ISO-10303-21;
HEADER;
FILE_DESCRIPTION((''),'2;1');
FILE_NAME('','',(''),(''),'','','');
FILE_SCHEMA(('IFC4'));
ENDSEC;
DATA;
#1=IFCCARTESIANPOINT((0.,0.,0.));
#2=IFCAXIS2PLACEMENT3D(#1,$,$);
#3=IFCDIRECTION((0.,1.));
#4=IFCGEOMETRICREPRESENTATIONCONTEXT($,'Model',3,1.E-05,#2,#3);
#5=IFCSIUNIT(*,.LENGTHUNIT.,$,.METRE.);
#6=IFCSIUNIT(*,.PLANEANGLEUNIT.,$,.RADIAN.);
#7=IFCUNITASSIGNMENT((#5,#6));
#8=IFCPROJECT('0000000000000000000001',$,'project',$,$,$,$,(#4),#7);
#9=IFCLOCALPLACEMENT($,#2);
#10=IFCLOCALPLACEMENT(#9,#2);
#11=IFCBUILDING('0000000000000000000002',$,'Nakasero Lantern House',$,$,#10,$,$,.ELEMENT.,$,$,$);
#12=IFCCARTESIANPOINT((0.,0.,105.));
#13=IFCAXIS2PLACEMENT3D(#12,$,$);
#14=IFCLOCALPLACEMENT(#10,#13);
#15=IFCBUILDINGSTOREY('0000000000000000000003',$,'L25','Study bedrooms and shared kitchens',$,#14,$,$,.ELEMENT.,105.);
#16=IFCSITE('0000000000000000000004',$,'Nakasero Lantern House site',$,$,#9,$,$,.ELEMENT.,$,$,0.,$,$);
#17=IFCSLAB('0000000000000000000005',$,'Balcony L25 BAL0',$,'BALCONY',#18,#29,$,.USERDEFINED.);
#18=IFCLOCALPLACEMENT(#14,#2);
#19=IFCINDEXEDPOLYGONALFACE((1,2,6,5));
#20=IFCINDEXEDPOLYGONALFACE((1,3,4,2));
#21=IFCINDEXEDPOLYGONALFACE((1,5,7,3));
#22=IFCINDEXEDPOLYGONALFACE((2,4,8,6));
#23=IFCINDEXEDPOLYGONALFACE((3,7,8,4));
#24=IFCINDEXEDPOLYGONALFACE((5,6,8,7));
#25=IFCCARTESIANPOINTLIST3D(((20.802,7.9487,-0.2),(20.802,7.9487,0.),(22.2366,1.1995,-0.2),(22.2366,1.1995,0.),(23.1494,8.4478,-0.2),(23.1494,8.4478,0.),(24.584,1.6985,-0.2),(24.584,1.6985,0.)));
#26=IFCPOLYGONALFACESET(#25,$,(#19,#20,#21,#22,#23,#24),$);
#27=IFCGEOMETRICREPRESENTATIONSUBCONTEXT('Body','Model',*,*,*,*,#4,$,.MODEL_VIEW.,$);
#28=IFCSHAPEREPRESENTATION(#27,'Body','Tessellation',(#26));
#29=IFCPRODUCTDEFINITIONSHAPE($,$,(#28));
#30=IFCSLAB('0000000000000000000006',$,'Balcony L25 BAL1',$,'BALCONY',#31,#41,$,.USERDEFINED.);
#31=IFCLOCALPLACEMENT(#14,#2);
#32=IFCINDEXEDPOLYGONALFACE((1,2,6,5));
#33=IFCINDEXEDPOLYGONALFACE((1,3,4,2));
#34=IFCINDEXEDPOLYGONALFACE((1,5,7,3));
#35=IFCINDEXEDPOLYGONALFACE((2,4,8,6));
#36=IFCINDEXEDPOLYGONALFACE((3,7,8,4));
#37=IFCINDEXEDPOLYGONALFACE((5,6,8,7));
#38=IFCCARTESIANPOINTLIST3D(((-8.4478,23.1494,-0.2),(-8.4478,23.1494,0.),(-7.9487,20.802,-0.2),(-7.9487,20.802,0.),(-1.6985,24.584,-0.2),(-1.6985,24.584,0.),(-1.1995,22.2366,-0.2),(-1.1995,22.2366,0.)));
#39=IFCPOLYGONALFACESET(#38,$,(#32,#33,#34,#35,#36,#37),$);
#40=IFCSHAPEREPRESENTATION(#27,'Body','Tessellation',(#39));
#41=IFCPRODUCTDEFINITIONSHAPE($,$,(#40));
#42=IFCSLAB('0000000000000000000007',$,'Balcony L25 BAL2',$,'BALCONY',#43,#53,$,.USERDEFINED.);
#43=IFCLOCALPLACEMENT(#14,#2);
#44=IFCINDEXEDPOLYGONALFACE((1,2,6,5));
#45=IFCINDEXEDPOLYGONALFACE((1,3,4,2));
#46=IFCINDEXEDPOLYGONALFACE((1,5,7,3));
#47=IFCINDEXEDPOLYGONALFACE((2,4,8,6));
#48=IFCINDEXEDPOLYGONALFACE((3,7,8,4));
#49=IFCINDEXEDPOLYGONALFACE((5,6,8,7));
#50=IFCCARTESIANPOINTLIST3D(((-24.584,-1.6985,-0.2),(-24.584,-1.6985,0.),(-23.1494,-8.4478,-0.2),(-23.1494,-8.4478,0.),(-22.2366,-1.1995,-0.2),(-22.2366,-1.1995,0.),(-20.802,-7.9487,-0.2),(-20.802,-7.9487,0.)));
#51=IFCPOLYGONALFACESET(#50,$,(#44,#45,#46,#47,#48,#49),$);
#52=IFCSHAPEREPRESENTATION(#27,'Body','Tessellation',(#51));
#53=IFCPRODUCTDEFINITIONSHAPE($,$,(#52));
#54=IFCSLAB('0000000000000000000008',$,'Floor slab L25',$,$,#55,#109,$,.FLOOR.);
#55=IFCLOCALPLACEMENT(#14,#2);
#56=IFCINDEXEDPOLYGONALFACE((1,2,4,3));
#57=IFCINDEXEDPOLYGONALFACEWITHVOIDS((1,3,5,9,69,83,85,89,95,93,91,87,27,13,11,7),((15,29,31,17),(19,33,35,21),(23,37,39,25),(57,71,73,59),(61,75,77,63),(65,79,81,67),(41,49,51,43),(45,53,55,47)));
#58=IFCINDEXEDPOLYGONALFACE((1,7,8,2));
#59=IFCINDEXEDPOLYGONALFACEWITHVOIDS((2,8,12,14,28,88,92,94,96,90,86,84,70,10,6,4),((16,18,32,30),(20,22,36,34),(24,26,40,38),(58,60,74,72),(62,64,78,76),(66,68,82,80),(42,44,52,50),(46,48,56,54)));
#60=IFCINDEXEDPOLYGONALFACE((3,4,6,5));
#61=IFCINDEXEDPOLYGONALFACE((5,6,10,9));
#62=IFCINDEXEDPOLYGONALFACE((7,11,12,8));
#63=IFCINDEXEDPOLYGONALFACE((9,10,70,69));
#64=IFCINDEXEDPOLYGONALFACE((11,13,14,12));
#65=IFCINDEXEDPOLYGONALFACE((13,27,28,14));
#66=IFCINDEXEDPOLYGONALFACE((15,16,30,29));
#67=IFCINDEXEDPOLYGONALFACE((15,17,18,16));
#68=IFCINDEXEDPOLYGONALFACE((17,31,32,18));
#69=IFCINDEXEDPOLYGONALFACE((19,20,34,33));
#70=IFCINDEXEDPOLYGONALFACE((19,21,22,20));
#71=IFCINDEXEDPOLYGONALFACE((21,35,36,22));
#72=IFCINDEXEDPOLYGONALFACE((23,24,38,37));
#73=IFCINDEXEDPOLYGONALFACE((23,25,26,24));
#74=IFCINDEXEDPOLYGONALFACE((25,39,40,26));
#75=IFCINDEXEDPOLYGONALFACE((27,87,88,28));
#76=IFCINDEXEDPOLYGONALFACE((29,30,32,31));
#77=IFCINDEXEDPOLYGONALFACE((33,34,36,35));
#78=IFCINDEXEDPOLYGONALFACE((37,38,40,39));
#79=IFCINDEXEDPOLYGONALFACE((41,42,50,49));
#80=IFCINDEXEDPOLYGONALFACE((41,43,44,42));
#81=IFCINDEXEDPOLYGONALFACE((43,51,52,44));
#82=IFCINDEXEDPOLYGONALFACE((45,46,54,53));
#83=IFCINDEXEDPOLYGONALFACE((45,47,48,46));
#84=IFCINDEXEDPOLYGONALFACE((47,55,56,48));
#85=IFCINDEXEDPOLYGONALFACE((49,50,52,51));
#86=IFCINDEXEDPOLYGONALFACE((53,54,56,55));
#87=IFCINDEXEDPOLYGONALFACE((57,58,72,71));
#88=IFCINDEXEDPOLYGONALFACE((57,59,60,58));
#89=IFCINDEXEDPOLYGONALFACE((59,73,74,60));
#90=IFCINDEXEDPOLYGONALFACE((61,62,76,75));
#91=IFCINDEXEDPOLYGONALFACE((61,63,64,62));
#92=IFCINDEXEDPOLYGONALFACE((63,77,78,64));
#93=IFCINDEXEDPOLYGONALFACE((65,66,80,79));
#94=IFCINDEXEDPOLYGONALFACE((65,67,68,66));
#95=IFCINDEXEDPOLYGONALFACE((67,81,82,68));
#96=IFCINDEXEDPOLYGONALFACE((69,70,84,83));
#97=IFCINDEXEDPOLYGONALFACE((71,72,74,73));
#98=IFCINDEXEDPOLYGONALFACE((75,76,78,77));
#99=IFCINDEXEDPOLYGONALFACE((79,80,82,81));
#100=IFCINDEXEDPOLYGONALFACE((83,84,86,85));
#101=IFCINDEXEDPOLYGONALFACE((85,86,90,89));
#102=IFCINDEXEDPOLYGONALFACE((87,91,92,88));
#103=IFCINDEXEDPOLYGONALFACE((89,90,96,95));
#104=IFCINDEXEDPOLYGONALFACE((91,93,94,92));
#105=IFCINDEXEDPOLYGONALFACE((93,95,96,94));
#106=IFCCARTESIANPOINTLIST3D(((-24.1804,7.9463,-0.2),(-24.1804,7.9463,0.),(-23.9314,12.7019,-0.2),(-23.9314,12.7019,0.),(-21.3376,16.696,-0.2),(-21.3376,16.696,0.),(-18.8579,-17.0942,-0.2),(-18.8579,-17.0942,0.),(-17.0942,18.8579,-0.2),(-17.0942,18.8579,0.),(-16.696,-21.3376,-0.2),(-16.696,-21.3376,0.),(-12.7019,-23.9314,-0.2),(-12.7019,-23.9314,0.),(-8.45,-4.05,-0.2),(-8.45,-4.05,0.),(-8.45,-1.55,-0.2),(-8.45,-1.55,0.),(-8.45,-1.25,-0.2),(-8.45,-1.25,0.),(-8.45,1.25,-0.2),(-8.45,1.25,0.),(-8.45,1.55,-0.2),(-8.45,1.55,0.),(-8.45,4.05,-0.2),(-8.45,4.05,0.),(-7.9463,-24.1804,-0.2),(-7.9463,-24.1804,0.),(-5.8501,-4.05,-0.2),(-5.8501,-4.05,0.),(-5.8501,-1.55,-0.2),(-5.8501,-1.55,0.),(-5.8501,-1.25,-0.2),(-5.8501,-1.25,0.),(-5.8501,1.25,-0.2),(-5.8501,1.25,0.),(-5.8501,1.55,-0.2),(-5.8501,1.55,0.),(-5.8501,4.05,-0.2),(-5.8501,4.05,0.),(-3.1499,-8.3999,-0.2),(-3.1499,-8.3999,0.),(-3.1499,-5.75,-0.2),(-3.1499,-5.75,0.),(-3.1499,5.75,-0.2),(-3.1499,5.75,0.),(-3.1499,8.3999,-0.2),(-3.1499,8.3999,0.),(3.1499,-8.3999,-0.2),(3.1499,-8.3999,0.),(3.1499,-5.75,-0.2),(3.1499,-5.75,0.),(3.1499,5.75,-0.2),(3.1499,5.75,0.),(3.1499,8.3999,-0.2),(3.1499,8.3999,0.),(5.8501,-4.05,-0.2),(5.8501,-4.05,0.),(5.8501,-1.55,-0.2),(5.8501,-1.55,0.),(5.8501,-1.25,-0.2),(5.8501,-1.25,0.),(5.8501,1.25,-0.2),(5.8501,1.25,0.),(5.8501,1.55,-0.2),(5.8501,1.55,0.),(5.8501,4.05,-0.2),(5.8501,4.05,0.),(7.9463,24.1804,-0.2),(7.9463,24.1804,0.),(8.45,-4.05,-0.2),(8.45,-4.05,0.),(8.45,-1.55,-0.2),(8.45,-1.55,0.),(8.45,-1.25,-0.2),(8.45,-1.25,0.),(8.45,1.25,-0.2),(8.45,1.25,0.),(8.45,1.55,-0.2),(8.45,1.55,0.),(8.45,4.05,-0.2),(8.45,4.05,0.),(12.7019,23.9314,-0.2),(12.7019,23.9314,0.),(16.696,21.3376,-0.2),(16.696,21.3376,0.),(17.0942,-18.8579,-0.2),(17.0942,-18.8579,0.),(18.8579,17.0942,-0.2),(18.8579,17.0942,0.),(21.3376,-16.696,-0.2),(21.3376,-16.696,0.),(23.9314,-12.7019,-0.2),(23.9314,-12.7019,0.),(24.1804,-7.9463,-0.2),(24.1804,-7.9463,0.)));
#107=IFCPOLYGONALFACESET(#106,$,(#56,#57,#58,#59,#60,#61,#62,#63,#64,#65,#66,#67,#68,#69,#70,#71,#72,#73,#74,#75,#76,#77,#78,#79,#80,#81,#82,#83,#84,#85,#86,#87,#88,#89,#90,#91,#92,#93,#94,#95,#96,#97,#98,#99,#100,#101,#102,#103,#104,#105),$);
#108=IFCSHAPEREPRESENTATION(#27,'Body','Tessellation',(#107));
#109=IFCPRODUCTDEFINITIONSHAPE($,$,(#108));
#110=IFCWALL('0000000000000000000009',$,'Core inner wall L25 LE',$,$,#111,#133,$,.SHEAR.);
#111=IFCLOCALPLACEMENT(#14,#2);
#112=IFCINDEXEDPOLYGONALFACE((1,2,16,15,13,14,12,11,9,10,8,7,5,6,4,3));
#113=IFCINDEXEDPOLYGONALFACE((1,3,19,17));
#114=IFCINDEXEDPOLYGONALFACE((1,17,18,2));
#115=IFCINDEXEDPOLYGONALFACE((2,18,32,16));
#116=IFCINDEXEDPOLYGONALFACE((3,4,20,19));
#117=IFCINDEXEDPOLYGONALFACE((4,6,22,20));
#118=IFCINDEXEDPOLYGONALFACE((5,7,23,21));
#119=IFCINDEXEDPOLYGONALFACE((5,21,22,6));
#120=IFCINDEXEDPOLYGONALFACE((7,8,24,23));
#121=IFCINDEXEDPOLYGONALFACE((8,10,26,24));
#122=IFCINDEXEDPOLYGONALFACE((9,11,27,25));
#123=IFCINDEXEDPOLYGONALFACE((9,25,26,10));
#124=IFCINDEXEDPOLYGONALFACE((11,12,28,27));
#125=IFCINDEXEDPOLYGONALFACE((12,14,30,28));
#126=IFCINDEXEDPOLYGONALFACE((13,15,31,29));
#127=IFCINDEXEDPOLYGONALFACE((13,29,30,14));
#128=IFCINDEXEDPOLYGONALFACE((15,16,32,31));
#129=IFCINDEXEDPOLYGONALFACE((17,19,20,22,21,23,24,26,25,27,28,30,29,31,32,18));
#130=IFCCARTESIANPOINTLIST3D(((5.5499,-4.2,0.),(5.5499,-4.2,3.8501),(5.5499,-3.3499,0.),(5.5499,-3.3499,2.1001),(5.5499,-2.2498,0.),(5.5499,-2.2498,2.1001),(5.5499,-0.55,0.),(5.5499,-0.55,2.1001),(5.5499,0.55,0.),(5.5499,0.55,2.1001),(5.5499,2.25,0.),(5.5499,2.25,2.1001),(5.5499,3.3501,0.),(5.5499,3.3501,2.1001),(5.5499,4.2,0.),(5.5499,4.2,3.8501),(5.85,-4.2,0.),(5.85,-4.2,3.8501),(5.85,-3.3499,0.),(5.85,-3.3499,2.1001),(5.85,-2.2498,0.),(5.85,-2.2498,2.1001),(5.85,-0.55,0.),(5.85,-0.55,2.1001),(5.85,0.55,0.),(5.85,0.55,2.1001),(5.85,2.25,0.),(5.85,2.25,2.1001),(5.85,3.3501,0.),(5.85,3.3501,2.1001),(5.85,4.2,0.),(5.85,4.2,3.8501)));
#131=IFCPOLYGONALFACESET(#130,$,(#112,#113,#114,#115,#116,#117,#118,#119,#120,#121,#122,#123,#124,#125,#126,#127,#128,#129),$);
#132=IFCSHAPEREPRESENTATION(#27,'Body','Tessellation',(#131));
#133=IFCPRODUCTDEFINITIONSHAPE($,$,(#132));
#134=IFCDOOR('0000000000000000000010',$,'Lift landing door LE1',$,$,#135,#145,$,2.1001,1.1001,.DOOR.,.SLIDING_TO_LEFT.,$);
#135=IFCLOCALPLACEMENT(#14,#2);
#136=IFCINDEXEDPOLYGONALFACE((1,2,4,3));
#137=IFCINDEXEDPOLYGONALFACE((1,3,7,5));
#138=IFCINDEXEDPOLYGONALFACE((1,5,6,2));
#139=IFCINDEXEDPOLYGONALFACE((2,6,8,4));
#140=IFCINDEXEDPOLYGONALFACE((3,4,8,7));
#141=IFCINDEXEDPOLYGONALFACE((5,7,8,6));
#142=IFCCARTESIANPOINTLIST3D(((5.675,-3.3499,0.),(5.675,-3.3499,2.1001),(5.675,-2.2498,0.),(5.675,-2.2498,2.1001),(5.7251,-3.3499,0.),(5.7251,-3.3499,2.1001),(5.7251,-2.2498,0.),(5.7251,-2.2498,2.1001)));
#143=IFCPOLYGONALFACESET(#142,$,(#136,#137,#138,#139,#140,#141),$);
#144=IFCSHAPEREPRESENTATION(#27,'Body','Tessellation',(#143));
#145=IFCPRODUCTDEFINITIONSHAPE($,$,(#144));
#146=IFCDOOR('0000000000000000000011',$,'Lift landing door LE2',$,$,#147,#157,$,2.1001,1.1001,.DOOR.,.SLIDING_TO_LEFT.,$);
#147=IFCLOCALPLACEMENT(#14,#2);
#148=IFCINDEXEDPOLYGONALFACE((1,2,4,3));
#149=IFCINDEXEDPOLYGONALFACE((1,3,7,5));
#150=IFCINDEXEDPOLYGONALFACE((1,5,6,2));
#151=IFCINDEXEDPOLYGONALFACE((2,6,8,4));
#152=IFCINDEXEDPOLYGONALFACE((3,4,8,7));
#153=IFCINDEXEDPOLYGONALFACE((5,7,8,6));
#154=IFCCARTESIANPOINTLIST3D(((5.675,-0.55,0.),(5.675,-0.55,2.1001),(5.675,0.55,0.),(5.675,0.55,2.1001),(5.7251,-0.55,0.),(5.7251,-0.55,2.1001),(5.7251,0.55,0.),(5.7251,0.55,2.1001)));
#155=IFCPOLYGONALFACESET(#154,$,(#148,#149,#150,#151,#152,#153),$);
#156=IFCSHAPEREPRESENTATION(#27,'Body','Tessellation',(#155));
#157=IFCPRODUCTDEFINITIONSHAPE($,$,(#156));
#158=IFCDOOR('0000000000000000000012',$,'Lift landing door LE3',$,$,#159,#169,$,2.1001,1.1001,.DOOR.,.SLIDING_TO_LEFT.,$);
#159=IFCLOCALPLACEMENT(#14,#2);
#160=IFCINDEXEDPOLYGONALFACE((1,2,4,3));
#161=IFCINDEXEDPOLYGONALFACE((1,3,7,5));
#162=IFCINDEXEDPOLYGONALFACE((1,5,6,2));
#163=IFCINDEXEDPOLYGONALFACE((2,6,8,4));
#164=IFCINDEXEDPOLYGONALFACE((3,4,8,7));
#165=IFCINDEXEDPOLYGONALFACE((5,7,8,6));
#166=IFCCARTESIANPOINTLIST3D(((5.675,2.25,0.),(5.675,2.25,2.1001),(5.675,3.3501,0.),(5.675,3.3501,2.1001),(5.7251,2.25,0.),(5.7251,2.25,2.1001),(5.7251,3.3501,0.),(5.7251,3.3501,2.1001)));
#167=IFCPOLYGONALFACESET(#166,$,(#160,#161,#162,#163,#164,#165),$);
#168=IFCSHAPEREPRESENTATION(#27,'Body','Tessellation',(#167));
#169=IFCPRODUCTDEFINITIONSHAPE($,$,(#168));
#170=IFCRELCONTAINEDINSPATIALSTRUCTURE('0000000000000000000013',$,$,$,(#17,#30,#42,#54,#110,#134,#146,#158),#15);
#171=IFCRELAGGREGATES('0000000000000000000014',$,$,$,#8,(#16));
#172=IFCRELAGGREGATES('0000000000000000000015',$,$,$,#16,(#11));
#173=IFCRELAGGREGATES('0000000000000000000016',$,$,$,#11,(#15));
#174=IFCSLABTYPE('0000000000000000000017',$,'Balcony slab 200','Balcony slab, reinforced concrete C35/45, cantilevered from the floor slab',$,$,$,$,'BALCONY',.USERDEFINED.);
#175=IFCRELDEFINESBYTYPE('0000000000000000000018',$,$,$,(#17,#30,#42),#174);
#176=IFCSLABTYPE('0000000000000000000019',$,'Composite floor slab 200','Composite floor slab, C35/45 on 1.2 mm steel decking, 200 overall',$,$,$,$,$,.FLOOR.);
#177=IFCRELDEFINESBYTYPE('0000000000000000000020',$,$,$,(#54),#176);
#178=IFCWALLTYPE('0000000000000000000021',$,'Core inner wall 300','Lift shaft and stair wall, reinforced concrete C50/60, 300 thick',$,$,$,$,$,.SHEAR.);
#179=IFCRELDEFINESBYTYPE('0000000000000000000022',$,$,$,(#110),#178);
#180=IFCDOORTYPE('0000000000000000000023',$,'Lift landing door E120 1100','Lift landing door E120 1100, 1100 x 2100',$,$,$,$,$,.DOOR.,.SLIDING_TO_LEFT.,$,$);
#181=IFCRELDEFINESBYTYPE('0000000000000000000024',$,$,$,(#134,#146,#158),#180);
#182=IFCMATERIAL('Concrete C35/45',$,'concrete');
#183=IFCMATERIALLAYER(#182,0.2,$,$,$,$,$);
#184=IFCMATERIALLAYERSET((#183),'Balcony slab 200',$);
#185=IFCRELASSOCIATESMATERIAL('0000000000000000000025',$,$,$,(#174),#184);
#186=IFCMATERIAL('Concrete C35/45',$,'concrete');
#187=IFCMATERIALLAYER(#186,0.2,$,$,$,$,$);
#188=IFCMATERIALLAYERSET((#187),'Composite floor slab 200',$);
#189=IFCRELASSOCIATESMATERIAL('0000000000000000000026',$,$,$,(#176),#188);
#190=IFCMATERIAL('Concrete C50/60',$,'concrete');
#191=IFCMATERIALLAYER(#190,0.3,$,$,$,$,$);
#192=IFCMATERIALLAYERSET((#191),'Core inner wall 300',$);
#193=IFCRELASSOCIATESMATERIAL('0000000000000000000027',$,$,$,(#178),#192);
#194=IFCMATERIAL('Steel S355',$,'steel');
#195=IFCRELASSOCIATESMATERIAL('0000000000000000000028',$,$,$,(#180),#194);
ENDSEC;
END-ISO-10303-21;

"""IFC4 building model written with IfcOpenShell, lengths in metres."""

from ifc_helpers import new_model, si_unit, direction, frame, frame_2d, origin, place, context, subcontext, project, spatial, polyline, rectangle, outline, extrude, material, layer, layer_set, type_object, element, fill, save


model = new_model("IFC4")

# Units and contexts
model_context = context("Model", 3, precision=1e-05, world=origin(), true_north=direction((0.0, 1.0)))
body_context = subcontext(model_context, "Body", "Model", "MODEL_VIEW")
ifc_project = project(units=[si_unit("LENGTHUNIT", "METRE"), si_unit("PLANEANGLEUNIT", "RADIAN")], contexts=[model_context])

# Site, building, storey
site_placement = place(None, origin())
site = spatial("IfcSite", under=ifc_project, at=site_placement, Name="Nakasero Lantern House site", CompositionType="ELEMENT", RefElevation=0.0)
building_placement = place(site_placement, origin())
building = spatial("IfcBuilding", under=site, at=building_placement, Name="Nakasero Lantern House", CompositionType="ELEMENT")
storey_placement = place(building_placement, frame((0.0, 0.0, 105.0)))
storey = spatial("IfcBuildingStorey", under=building, at=storey_placement, Name="L25", Description="Study bedrooms and shared kitchens", CompositionType="ELEMENT", Elevation=105.0)

# Slabs
ifc_material_1 = material(Name="Concrete C35/45", Category="concrete")
ifc_layer_1 = layer(ifc_material_1, 0.2)
ifc_layer_set_1 = layer_set([ifc_layer_1], Name="Balcony slab 200")
slab_type_1 = type_object("IfcSlabType", Name="Balcony slab 200", Description="Balcony slab, reinforced concrete C35/45, cantilevered from the floor slab", ElementType="BALCONY", PredefinedType="USERDEFINED", material=ifc_layer_set_1)
slab_1_placement = place(storey_placement, frame((0.0, 0.0, -0.2)))
element("IfcSlab", 1, at=slab_1_placement, inside=storey, type_object=slab_type_1, Name="Balcony L25 BAL0", ObjectType="BALCONY", PredefinedType="USERDEFINED", context=body_context, shape_type="SweptSolid", body=[
    extrude(outline(polyline([(22.2366, 1.1995), (24.584, 1.6985), (23.1494, 8.4478), (20.802, 7.9487), (22.2366, 1.1995)])), origin(), (0.0, 0.0, 1.0), 0.2),
])
slab_2_placement = place(storey_placement, frame((0.0, 0.0, -0.2)))
element("IfcSlab", 2, at=slab_2_placement, inside=storey, type_object=slab_type_1, Name="Balcony L25 BAL1", ObjectType="BALCONY", PredefinedType="USERDEFINED", context=body_context, shape_type="SweptSolid", body=[
    extrude(outline(polyline([(-1.1995, 22.2366), (-1.6985, 24.584), (-8.4478, 23.1494), (-7.9487, 20.802), (-1.1995, 22.2366)])), origin(), (0.0, 0.0, 1.0), 0.2),
])
slab_3_placement = place(storey_placement, frame((0.0, 0.0, -0.2)))
element("IfcSlab", 3, at=slab_3_placement, inside=storey, type_object=slab_type_1, Name="Balcony L25 BAL2", ObjectType="BALCONY", PredefinedType="USERDEFINED", context=body_context, shape_type="SweptSolid", body=[
    extrude(outline(polyline([(-22.2366, -1.1995), (-24.584, -1.6985), (-23.1494, -8.4478), (-20.802, -7.9487), (-22.2366, -1.1995)])), origin(), (0.0, 0.0, 1.0), 0.2),
])
ifc_material_2 = material(Name="Concrete C35/45", Category="concrete")
ifc_layer_2 = layer(ifc_material_2, 0.2)
ifc_layer_set_2 = layer_set([ifc_layer_2], Name="Composite floor slab 200")
slab_type_2 = type_object("IfcSlabType", Name="Composite floor slab 200", Description="Composite floor slab, C35/45 on 1.2 mm steel decking, 200 overall", PredefinedType="FLOOR", material=ifc_layer_set_2)
slab_4_placement = place(storey_placement, frame((0.0, 0.0, -0.2)))
element("IfcSlab", 4, at=slab_4_placement, inside=storey, type_object=slab_type_2, Name="Floor slab L25", PredefinedType="FLOOR", context=body_context, shape_type="SweptSolid", body=[
    extrude(outline(polyline([(18.8579, 17.0942), (16.696, 21.3376), (12.7019, 23.9314), (7.9463, 24.1804), (-17.0942, 18.8579), (-21.3376, 16.696), (-23.9314, 12.7019), (-24.1804, 7.9463), (-18.8579, -17.0942), (-16.696, -21.3376), (-12.7019, -23.9314), (-7.9463, -24.1804), (17.0942, -18.8579), (21.3376, -16.696), (23.9314, -12.7019), (24.1804, -7.9463), (18.8579, 17.0942)]), holes=[polyline([(-8.45, -4.05), (-5.8501, -4.05), (-5.8501, -1.55), (-8.45, -1.55), (-8.45, -4.05)]), polyline([(-8.45, -1.25), (-5.8501, -1.25), (-5.8501, 1.25), (-8.45, 1.25), (-8.45, -1.25)]), polyline([(-8.45, 1.55), (-5.8501, 1.55), (-5.8501, 4.05), (-8.45, 4.05), (-8.45, 1.55)]), polyline([(5.8501, -4.05), (8.45, -4.05), (8.45, -1.55), (5.8501, -1.55), (5.8501, -4.05)]), polyline([(5.8501, -1.25), (8.45, -1.25), (8.45, 1.25), (5.8501, 1.25), (5.8501, -1.25)]), polyline([(5.8501, 1.55), (8.45, 1.55), (8.45, 4.05), (5.8501, 4.05), (5.8501, 1.55)]), polyline([(-3.1499, 5.75), (3.1499, 5.75), (3.1499, 8.3999), (-3.1499, 8.3999), (-3.1499, 5.75)]), polyline([(-3.1499, -8.3999), (3.1499, -8.3999), (3.1499, -5.75), (-3.1499, -5.75), (-3.1499, -8.3999)])]), origin(), (0.0, 0.0, 1.0), 0.2),
])

# Wall, openings, doors
ifc_material_3 = material(Name="Concrete C50/60", Category="concrete")
ifc_layer_3 = layer(ifc_material_3, 0.3)
ifc_layer_set_3 = layer_set([ifc_layer_3], Name="Core inner wall 300")
wall_type_1 = type_object("IfcWallType", Name="Core inner wall 300", Description="Lift shaft and stair wall, reinforced concrete C50/60, 300 thick", PredefinedType="SHEAR", material=ifc_layer_set_3)
wall_1_placement = place(storey_placement, frame((5.7, -4.2, 0.0), z_axis=(0.0, 0.0, 1.0), x_axis=(0.0, 1.0, 0.0)))
wall_1 = element("IfcWall", 5, at=wall_1_placement, inside=storey, type_object=wall_type_1, Name="Core inner wall L25 LE", PredefinedType="SHEAR", context=body_context, shape_type="SweptSolid", body=[
    extrude(rectangle(XDim=8.3999, YDim=0.3, at=frame_2d((4.2, 0.0))), origin(), (0.0, 0.0, 1.0), 3.8501),
])
opening_1_placement = place(wall_1_placement, frame((0.8501, 0.0, 0.0)))
opening_1 = element("IfcOpeningElement", 6, at=opening_1_placement, cuts=wall_1, PredefinedType="OPENING", context=body_context, shape_type="SweptSolid", body=[
    extrude(rectangle(XDim=1.1001, YDim=2.1001, at=frame_2d((0.55, 1.05))), frame((0.0, 0.1699, 0.0), z_axis=(0.0, -1.0, 0.0), x_axis=(1.0, 0.0, 0.0)), (0.0, 0.0, 1.0), 0.3401),
])
opening_2_placement = place(wall_1_placement, frame((3.6499, 0.0, 0.0)))
opening_2 = element("IfcOpeningElement", 7, at=opening_2_placement, cuts=wall_1, PredefinedType="OPENING", context=body_context, shape_type="SweptSolid", body=[
    extrude(rectangle(XDim=1.1001, YDim=2.1001, at=frame_2d((0.55, 1.05))), frame((0.0, 0.1699, 0.0), z_axis=(0.0, -1.0, 0.0), x_axis=(1.0, 0.0, 0.0)), (0.0, 0.0, 1.0), 0.3401),
])
opening_3_placement = place(wall_1_placement, frame((6.45, 0.0, 0.0)))
opening_3 = element("IfcOpeningElement", 8, at=opening_3_placement, cuts=wall_1, PredefinedType="OPENING", context=body_context, shape_type="SweptSolid", body=[
    extrude(rectangle(XDim=1.1001, YDim=2.1001, at=frame_2d((0.55, 1.05))), frame((0.0, 0.1699, 0.0), z_axis=(0.0, -1.0, 0.0), x_axis=(1.0, 0.0, 0.0)), (0.0, 0.0, 1.0), 0.3401),
])
ifc_material_4 = material(Name="Steel S355", Category="steel")
door_type_1 = type_object("IfcDoorType", Name="Lift landing door E120 1100", Description="Lift landing door E120 1100, 1100 x 2100", OperationType="SLIDING_TO_LEFT", PredefinedType="DOOR", material=ifc_material_4)
door_1_placement = place(opening_1_placement, origin())
door_1 = element("IfcDoor", 9, at=door_1_placement, inside=storey, type_object=door_type_1, Name="Lift landing door LE1", OperationType="SLIDING_TO_LEFT", OverallHeight=2.1001, OverallWidth=1.1001, PredefinedType="DOOR", context=body_context, shape_type="SweptSolid", body=[
    extrude(rectangle(XDim=1.1001, YDim=2.1001, at=frame_2d((0.55, 1.05))), frame((0.0, 0.0249, 0.0), z_axis=(0.0, -1.0, 0.0), x_axis=(1.0, 0.0, 0.0)), (0.0, 0.0, 1.0), 0.05),
])
fill(opening_1, door_1)
door_2_placement = place(opening_2_placement, origin())
door_2 = element("IfcDoor", 10, at=door_2_placement, inside=storey, type_object=door_type_1, Name="Lift landing door LE2", OperationType="SLIDING_TO_LEFT", OverallHeight=2.1001, OverallWidth=1.1001, PredefinedType="DOOR", context=body_context, shape_type="SweptSolid", body=[
    extrude(rectangle(XDim=1.1001, YDim=2.1001, at=frame_2d((0.55, 1.05))), frame((0.0, 0.0249, 0.0), z_axis=(0.0, -1.0, 0.0), x_axis=(1.0, 0.0, 0.0)), (0.0, 0.0, 1.0), 0.05),
])
fill(opening_2, door_2)
door_3_placement = place(opening_3_placement, origin())
door_3 = element("IfcDoor", 11, at=door_3_placement, inside=storey, type_object=door_type_1, Name="Lift landing door LE3", OperationType="SLIDING_TO_LEFT", OverallHeight=2.1001, OverallWidth=1.1001, PredefinedType="DOOR", context=body_context, shape_type="SweptSolid", body=[
    extrude(rectangle(XDim=1.1001, YDim=2.1001, at=frame_2d((0.55, 1.05))), frame((0.0, 0.0249, 0.0), z_axis=(0.0, -1.0, 0.0), x_axis=(1.0, 0.0, 0.0)), (0.0, 0.0, 1.0), 0.05),
])
fill(opening_3, door_3)

save(model, "model.ifc")
